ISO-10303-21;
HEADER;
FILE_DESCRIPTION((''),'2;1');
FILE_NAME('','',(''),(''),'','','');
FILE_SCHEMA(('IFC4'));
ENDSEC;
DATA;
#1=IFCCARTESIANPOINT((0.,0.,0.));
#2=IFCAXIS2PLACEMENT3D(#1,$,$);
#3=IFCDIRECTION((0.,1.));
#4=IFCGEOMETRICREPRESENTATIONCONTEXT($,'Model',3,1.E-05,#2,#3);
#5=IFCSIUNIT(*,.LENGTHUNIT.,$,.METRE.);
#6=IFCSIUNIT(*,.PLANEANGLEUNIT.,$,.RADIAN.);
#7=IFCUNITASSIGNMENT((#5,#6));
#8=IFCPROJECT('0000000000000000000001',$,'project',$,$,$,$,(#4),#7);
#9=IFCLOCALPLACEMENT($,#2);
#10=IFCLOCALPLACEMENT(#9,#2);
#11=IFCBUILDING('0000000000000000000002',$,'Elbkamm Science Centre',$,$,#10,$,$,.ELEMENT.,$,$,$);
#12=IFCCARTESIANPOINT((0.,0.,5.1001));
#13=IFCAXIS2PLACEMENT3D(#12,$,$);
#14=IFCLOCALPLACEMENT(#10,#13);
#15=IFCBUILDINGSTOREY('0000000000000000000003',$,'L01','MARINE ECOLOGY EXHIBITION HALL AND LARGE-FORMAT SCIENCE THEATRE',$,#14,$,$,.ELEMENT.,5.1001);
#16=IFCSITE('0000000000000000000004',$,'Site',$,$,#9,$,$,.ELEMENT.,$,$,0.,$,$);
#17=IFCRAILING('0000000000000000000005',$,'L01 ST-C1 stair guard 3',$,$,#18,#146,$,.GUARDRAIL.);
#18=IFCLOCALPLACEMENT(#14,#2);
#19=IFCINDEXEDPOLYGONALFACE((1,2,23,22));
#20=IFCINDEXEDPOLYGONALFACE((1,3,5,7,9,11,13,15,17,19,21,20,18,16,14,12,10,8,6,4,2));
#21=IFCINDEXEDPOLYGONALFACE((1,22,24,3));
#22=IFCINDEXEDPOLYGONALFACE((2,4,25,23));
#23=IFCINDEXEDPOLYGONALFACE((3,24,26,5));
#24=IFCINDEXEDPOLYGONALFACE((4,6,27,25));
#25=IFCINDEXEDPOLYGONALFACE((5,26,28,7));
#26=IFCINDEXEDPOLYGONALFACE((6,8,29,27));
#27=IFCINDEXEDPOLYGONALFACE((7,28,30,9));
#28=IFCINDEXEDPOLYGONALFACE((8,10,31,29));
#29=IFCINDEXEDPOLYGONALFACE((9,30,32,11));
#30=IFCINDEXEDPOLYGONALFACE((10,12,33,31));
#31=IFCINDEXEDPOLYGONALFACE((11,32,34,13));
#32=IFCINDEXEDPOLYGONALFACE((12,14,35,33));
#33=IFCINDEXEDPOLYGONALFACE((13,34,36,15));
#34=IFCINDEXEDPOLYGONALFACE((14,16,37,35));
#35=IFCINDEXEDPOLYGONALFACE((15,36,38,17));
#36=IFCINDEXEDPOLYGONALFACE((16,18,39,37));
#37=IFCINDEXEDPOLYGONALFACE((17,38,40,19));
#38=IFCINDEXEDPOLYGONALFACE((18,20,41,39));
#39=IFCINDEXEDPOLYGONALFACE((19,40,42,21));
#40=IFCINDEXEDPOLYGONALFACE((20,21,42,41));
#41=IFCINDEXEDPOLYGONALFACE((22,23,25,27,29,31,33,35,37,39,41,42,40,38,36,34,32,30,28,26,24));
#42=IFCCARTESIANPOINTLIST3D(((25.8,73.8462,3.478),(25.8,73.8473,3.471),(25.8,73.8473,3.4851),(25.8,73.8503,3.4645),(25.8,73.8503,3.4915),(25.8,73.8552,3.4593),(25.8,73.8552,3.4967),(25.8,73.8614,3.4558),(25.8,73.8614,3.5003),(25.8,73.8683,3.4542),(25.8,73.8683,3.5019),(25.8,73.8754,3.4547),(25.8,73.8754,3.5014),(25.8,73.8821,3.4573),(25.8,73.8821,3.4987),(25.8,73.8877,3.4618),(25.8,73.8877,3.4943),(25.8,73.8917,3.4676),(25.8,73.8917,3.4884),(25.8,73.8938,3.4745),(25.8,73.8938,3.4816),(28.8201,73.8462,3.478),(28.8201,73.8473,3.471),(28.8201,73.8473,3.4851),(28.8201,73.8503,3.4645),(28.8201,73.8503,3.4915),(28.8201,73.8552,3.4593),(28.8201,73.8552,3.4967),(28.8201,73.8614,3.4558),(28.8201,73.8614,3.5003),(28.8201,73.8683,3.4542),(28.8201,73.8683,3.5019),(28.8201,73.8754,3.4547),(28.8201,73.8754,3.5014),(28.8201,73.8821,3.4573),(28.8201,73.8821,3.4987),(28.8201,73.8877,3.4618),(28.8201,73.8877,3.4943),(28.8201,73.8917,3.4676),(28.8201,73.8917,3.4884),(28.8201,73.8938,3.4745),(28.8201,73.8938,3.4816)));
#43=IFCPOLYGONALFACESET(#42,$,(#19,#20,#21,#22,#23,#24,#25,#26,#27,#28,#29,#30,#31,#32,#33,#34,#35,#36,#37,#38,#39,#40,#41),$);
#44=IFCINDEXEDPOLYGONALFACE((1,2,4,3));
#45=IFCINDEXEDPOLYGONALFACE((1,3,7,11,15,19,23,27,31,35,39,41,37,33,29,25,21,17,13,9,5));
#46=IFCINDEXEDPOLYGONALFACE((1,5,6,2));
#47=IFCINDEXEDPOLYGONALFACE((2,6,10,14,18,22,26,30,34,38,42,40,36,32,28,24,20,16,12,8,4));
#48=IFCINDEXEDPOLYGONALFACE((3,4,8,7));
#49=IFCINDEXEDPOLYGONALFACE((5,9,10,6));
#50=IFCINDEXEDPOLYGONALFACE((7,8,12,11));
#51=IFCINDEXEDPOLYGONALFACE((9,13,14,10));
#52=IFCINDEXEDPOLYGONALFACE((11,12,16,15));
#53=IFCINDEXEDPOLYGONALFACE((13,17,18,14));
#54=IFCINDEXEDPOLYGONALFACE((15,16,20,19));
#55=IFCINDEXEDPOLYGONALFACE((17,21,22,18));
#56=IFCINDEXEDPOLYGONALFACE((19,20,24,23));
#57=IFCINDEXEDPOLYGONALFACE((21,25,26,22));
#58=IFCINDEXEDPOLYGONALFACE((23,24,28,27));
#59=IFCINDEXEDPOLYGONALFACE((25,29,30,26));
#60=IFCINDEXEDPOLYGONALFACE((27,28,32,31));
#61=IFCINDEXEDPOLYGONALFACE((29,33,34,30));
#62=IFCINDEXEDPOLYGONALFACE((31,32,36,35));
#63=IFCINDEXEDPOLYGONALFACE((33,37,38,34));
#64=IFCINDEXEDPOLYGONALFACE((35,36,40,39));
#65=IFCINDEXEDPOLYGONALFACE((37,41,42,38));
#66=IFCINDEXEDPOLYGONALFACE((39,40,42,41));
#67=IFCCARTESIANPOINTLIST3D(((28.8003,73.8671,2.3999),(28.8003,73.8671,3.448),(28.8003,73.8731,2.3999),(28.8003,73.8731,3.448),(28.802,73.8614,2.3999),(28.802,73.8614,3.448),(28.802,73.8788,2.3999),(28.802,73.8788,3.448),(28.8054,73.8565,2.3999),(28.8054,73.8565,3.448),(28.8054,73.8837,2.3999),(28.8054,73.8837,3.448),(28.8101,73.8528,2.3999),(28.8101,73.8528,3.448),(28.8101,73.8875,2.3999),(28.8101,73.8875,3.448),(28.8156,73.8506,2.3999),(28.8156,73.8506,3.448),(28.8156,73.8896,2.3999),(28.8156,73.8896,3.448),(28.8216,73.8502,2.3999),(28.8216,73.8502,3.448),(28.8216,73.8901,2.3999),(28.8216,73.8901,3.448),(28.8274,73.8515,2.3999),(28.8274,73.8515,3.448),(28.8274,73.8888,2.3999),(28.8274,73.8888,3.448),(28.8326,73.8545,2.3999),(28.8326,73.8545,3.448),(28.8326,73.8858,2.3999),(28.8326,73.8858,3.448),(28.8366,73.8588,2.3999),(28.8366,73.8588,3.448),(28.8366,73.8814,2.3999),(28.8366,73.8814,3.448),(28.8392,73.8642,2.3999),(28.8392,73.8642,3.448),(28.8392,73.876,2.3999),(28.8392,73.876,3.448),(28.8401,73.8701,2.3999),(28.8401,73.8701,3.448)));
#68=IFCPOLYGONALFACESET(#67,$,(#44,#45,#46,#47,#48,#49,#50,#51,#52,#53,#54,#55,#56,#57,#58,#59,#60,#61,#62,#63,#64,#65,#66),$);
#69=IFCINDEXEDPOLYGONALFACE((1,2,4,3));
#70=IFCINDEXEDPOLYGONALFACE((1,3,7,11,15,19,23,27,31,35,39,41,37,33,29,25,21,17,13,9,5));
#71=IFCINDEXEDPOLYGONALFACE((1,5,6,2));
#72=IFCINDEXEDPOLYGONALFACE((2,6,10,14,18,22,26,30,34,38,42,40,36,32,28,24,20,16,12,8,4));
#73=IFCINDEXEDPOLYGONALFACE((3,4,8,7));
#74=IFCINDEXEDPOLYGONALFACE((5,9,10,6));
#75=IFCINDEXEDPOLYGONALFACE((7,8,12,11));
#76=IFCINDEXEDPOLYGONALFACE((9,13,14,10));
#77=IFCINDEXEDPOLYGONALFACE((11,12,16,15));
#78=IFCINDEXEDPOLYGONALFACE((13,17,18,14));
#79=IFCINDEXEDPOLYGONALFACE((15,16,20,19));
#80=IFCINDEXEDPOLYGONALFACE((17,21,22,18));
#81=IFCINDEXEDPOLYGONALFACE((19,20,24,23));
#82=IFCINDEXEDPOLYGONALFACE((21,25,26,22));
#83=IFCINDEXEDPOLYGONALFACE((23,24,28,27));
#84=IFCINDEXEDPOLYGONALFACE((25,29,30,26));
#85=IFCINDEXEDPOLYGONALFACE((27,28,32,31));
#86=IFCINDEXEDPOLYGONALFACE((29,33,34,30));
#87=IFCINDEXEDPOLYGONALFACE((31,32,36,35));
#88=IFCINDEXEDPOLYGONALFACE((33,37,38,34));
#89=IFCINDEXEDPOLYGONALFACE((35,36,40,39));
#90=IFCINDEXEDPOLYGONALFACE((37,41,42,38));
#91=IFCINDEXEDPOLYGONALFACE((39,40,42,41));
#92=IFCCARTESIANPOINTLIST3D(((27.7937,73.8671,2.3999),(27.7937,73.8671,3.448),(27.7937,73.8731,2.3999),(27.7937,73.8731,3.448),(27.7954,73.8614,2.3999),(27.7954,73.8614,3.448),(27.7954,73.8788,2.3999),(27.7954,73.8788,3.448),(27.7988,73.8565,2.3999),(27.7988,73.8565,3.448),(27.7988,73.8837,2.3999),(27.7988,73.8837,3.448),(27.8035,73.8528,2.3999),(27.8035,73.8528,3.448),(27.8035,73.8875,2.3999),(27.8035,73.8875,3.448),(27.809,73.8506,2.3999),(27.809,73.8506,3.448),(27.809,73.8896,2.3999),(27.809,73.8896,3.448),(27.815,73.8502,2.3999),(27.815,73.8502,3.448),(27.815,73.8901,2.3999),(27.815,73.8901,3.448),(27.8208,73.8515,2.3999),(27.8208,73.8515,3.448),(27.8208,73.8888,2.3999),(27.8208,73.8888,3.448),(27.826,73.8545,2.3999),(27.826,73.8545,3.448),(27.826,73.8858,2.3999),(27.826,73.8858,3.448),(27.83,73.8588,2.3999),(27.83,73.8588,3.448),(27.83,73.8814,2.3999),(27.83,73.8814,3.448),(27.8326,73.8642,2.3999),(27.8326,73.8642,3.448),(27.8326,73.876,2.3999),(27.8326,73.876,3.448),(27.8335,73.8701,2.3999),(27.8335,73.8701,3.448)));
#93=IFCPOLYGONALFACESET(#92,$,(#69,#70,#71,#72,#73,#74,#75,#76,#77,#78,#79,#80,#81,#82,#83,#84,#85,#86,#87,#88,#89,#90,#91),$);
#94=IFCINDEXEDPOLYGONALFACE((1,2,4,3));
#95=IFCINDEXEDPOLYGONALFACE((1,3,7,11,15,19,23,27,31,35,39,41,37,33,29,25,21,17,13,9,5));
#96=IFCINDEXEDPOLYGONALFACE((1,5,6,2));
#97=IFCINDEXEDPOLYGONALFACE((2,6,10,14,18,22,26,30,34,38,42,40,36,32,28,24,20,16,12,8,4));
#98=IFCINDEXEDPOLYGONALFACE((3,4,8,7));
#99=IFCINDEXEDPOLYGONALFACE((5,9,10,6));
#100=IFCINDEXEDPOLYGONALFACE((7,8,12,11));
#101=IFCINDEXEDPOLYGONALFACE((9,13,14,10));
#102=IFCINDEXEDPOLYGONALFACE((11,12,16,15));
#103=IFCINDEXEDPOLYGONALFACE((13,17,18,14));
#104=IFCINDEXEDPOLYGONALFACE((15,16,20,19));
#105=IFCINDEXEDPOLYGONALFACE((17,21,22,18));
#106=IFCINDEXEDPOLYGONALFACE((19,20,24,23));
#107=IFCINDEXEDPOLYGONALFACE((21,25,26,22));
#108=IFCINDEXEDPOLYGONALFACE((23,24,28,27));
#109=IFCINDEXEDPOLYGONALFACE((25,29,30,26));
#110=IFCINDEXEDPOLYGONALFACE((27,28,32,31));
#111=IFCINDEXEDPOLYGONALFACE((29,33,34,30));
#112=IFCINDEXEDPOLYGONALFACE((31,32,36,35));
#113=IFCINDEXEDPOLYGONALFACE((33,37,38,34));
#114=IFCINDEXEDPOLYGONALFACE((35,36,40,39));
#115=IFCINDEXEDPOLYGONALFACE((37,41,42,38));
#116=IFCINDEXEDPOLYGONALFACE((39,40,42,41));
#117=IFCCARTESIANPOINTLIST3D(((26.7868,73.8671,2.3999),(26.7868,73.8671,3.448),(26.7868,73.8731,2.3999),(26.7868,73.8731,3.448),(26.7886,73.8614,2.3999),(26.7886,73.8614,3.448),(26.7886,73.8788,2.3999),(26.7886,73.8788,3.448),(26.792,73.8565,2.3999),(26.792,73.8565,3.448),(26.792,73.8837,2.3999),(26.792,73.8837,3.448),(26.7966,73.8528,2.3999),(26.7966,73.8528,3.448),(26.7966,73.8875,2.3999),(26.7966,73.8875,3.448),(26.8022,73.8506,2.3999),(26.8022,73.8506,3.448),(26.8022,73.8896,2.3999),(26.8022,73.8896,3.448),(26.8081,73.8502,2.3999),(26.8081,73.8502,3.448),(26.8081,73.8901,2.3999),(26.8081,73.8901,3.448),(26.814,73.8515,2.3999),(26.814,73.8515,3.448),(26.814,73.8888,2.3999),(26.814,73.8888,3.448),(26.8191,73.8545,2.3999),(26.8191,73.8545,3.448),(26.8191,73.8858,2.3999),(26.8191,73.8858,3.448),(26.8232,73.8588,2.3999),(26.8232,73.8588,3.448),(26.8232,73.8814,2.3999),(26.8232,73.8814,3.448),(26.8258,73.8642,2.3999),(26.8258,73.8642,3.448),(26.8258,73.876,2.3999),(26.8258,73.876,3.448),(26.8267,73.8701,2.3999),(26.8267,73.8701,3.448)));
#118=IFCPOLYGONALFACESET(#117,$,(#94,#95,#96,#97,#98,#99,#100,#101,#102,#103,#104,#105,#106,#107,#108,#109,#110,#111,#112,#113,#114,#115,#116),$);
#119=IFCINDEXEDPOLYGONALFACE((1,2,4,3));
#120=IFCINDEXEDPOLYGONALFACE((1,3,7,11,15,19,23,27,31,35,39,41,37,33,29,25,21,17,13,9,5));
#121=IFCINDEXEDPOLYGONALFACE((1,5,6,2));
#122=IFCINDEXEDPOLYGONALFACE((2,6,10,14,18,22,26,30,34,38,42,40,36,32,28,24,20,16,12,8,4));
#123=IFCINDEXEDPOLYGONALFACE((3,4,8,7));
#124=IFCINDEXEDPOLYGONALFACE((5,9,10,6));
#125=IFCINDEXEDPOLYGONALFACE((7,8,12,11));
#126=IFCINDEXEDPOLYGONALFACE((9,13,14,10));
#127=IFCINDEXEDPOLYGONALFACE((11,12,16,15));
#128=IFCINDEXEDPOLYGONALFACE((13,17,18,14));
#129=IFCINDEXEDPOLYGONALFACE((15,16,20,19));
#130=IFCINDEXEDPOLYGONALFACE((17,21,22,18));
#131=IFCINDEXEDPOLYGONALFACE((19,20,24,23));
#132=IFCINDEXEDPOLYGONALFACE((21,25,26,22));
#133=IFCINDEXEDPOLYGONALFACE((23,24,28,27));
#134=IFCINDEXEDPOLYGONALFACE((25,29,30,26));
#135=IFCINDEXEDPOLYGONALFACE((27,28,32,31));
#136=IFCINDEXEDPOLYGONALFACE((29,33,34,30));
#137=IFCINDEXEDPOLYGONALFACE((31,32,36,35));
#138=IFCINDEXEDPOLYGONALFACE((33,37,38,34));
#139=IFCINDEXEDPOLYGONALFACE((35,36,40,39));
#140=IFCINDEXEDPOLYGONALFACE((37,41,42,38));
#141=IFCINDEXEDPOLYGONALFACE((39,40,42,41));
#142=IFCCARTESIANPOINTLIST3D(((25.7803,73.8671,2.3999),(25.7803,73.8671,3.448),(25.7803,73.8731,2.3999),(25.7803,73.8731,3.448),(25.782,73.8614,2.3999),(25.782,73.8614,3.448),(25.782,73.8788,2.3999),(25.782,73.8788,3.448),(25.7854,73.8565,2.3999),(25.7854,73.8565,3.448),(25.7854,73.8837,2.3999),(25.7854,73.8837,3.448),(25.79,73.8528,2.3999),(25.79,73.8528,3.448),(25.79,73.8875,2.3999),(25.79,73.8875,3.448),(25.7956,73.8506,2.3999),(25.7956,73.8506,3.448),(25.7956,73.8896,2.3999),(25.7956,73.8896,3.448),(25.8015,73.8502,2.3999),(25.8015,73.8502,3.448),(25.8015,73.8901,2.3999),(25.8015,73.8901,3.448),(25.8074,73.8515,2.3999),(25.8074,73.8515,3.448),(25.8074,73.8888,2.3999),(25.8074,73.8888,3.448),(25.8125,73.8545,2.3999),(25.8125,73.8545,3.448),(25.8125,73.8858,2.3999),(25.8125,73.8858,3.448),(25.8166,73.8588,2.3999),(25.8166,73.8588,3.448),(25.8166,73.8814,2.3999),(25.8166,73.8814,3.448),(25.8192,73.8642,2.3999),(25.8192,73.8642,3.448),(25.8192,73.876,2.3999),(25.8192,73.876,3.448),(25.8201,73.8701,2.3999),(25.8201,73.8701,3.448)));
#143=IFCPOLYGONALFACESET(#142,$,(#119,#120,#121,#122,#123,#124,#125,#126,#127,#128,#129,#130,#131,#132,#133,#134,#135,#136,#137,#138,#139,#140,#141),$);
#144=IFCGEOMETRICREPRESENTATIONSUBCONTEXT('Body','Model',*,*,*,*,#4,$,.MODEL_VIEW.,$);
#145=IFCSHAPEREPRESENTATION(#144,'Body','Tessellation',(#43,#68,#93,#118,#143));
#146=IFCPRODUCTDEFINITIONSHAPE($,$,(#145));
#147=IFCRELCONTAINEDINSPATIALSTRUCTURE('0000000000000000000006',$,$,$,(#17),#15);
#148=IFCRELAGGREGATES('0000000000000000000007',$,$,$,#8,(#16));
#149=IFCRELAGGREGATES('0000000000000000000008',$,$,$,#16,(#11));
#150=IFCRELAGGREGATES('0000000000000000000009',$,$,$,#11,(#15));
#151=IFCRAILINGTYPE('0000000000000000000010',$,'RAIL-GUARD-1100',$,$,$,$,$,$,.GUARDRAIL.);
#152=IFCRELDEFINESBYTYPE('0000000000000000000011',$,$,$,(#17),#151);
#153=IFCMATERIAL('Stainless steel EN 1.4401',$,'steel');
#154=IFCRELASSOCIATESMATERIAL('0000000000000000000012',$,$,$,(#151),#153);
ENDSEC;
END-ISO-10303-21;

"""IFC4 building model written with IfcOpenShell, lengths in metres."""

from ifc_helpers import new_model, si_unit, direction, frame, origin, origin_2d, place, context, subcontext, project, spatial, circle, extrude, material, type_object, element, save


model = new_model("IFC4")

# Units and contexts
model_context = context("Model", 3, precision=1e-05, world=origin(), true_north=direction((0.0, 1.0)))
body_context = subcontext(model_context, "Body", "Model", "MODEL_VIEW")
ifc_project = project(units=[si_unit("LENGTHUNIT", "METRE"), si_unit("PLANEANGLEUNIT", "RADIAN")], contexts=[model_context])

# Site, building, storey
site_placement = place(None, origin())
site = spatial("IfcSite", under=ifc_project, at=site_placement, Name="Site", CompositionType="ELEMENT", RefElevation=0.0)
building_placement = place(site_placement, origin())
building = spatial("IfcBuilding", under=site, at=building_placement, Name="Elbkamm Science Centre", CompositionType="ELEMENT")
storey_placement = place(building_placement, frame((0.0, 0.0, 5.1001)))
storey = spatial("IfcBuildingStorey", under=building, at=storey_placement, Name="L01", Description="MARINE ECOLOGY EXHIBITION HALL AND LARGE-FORMAT SCIENCE THEATRE", CompositionType="ELEMENT", Elevation=5.1001)

# Railing
ifc_material_1 = material(Name="Stainless steel EN 1.4401", Category="steel")
railing_type_1 = type_object("IfcRailingType", Name="RAIL-GUARD-1100", PredefinedType="GUARDRAIL", material=ifc_material_1)
for number, where, name in (
    (1, (28.8201, 73.8701, 2.3999), "L01 ST-C1 stair guard 3"),
):
    element("IfcRailing", number, at=place(storey_placement, frame(where)), inside=storey, type_object=railing_type_1, Name=name, PredefinedType="GUARDRAIL", context=body_context, shape_type="SweptSolid", body=[
        extrude(circle(Radius=0.0239, at=origin_2d()), frame((0.0, 0.0, 1.0781), z_axis=(-1.0, 0.0, 0.0), x_axis=(0.0, -1.0, 0.0)), (0.0, 0.0, 1.0), 3.02),
        extrude(circle(Radius=0.02, at=origin_2d()), origin(), (0.0, 0.0, 1.0), 1.0481),
        extrude(circle(Radius=0.02, at=origin_2d()), frame((-1.0066, 0.0, 0.0)), (0.0, 0.0, 1.0), 1.0481),
        extrude(circle(Radius=0.02, at=origin_2d()), frame((-2.0134, 0.0, 0.0)), (0.0, 0.0, 1.0), 1.0481),
        extrude(circle(Radius=0.02, at=origin_2d()), frame((-3.02, 0.0, 0.0)), (0.0, 0.0, 1.0), 1.0481),
    ])

save(model, "model.ifc")
